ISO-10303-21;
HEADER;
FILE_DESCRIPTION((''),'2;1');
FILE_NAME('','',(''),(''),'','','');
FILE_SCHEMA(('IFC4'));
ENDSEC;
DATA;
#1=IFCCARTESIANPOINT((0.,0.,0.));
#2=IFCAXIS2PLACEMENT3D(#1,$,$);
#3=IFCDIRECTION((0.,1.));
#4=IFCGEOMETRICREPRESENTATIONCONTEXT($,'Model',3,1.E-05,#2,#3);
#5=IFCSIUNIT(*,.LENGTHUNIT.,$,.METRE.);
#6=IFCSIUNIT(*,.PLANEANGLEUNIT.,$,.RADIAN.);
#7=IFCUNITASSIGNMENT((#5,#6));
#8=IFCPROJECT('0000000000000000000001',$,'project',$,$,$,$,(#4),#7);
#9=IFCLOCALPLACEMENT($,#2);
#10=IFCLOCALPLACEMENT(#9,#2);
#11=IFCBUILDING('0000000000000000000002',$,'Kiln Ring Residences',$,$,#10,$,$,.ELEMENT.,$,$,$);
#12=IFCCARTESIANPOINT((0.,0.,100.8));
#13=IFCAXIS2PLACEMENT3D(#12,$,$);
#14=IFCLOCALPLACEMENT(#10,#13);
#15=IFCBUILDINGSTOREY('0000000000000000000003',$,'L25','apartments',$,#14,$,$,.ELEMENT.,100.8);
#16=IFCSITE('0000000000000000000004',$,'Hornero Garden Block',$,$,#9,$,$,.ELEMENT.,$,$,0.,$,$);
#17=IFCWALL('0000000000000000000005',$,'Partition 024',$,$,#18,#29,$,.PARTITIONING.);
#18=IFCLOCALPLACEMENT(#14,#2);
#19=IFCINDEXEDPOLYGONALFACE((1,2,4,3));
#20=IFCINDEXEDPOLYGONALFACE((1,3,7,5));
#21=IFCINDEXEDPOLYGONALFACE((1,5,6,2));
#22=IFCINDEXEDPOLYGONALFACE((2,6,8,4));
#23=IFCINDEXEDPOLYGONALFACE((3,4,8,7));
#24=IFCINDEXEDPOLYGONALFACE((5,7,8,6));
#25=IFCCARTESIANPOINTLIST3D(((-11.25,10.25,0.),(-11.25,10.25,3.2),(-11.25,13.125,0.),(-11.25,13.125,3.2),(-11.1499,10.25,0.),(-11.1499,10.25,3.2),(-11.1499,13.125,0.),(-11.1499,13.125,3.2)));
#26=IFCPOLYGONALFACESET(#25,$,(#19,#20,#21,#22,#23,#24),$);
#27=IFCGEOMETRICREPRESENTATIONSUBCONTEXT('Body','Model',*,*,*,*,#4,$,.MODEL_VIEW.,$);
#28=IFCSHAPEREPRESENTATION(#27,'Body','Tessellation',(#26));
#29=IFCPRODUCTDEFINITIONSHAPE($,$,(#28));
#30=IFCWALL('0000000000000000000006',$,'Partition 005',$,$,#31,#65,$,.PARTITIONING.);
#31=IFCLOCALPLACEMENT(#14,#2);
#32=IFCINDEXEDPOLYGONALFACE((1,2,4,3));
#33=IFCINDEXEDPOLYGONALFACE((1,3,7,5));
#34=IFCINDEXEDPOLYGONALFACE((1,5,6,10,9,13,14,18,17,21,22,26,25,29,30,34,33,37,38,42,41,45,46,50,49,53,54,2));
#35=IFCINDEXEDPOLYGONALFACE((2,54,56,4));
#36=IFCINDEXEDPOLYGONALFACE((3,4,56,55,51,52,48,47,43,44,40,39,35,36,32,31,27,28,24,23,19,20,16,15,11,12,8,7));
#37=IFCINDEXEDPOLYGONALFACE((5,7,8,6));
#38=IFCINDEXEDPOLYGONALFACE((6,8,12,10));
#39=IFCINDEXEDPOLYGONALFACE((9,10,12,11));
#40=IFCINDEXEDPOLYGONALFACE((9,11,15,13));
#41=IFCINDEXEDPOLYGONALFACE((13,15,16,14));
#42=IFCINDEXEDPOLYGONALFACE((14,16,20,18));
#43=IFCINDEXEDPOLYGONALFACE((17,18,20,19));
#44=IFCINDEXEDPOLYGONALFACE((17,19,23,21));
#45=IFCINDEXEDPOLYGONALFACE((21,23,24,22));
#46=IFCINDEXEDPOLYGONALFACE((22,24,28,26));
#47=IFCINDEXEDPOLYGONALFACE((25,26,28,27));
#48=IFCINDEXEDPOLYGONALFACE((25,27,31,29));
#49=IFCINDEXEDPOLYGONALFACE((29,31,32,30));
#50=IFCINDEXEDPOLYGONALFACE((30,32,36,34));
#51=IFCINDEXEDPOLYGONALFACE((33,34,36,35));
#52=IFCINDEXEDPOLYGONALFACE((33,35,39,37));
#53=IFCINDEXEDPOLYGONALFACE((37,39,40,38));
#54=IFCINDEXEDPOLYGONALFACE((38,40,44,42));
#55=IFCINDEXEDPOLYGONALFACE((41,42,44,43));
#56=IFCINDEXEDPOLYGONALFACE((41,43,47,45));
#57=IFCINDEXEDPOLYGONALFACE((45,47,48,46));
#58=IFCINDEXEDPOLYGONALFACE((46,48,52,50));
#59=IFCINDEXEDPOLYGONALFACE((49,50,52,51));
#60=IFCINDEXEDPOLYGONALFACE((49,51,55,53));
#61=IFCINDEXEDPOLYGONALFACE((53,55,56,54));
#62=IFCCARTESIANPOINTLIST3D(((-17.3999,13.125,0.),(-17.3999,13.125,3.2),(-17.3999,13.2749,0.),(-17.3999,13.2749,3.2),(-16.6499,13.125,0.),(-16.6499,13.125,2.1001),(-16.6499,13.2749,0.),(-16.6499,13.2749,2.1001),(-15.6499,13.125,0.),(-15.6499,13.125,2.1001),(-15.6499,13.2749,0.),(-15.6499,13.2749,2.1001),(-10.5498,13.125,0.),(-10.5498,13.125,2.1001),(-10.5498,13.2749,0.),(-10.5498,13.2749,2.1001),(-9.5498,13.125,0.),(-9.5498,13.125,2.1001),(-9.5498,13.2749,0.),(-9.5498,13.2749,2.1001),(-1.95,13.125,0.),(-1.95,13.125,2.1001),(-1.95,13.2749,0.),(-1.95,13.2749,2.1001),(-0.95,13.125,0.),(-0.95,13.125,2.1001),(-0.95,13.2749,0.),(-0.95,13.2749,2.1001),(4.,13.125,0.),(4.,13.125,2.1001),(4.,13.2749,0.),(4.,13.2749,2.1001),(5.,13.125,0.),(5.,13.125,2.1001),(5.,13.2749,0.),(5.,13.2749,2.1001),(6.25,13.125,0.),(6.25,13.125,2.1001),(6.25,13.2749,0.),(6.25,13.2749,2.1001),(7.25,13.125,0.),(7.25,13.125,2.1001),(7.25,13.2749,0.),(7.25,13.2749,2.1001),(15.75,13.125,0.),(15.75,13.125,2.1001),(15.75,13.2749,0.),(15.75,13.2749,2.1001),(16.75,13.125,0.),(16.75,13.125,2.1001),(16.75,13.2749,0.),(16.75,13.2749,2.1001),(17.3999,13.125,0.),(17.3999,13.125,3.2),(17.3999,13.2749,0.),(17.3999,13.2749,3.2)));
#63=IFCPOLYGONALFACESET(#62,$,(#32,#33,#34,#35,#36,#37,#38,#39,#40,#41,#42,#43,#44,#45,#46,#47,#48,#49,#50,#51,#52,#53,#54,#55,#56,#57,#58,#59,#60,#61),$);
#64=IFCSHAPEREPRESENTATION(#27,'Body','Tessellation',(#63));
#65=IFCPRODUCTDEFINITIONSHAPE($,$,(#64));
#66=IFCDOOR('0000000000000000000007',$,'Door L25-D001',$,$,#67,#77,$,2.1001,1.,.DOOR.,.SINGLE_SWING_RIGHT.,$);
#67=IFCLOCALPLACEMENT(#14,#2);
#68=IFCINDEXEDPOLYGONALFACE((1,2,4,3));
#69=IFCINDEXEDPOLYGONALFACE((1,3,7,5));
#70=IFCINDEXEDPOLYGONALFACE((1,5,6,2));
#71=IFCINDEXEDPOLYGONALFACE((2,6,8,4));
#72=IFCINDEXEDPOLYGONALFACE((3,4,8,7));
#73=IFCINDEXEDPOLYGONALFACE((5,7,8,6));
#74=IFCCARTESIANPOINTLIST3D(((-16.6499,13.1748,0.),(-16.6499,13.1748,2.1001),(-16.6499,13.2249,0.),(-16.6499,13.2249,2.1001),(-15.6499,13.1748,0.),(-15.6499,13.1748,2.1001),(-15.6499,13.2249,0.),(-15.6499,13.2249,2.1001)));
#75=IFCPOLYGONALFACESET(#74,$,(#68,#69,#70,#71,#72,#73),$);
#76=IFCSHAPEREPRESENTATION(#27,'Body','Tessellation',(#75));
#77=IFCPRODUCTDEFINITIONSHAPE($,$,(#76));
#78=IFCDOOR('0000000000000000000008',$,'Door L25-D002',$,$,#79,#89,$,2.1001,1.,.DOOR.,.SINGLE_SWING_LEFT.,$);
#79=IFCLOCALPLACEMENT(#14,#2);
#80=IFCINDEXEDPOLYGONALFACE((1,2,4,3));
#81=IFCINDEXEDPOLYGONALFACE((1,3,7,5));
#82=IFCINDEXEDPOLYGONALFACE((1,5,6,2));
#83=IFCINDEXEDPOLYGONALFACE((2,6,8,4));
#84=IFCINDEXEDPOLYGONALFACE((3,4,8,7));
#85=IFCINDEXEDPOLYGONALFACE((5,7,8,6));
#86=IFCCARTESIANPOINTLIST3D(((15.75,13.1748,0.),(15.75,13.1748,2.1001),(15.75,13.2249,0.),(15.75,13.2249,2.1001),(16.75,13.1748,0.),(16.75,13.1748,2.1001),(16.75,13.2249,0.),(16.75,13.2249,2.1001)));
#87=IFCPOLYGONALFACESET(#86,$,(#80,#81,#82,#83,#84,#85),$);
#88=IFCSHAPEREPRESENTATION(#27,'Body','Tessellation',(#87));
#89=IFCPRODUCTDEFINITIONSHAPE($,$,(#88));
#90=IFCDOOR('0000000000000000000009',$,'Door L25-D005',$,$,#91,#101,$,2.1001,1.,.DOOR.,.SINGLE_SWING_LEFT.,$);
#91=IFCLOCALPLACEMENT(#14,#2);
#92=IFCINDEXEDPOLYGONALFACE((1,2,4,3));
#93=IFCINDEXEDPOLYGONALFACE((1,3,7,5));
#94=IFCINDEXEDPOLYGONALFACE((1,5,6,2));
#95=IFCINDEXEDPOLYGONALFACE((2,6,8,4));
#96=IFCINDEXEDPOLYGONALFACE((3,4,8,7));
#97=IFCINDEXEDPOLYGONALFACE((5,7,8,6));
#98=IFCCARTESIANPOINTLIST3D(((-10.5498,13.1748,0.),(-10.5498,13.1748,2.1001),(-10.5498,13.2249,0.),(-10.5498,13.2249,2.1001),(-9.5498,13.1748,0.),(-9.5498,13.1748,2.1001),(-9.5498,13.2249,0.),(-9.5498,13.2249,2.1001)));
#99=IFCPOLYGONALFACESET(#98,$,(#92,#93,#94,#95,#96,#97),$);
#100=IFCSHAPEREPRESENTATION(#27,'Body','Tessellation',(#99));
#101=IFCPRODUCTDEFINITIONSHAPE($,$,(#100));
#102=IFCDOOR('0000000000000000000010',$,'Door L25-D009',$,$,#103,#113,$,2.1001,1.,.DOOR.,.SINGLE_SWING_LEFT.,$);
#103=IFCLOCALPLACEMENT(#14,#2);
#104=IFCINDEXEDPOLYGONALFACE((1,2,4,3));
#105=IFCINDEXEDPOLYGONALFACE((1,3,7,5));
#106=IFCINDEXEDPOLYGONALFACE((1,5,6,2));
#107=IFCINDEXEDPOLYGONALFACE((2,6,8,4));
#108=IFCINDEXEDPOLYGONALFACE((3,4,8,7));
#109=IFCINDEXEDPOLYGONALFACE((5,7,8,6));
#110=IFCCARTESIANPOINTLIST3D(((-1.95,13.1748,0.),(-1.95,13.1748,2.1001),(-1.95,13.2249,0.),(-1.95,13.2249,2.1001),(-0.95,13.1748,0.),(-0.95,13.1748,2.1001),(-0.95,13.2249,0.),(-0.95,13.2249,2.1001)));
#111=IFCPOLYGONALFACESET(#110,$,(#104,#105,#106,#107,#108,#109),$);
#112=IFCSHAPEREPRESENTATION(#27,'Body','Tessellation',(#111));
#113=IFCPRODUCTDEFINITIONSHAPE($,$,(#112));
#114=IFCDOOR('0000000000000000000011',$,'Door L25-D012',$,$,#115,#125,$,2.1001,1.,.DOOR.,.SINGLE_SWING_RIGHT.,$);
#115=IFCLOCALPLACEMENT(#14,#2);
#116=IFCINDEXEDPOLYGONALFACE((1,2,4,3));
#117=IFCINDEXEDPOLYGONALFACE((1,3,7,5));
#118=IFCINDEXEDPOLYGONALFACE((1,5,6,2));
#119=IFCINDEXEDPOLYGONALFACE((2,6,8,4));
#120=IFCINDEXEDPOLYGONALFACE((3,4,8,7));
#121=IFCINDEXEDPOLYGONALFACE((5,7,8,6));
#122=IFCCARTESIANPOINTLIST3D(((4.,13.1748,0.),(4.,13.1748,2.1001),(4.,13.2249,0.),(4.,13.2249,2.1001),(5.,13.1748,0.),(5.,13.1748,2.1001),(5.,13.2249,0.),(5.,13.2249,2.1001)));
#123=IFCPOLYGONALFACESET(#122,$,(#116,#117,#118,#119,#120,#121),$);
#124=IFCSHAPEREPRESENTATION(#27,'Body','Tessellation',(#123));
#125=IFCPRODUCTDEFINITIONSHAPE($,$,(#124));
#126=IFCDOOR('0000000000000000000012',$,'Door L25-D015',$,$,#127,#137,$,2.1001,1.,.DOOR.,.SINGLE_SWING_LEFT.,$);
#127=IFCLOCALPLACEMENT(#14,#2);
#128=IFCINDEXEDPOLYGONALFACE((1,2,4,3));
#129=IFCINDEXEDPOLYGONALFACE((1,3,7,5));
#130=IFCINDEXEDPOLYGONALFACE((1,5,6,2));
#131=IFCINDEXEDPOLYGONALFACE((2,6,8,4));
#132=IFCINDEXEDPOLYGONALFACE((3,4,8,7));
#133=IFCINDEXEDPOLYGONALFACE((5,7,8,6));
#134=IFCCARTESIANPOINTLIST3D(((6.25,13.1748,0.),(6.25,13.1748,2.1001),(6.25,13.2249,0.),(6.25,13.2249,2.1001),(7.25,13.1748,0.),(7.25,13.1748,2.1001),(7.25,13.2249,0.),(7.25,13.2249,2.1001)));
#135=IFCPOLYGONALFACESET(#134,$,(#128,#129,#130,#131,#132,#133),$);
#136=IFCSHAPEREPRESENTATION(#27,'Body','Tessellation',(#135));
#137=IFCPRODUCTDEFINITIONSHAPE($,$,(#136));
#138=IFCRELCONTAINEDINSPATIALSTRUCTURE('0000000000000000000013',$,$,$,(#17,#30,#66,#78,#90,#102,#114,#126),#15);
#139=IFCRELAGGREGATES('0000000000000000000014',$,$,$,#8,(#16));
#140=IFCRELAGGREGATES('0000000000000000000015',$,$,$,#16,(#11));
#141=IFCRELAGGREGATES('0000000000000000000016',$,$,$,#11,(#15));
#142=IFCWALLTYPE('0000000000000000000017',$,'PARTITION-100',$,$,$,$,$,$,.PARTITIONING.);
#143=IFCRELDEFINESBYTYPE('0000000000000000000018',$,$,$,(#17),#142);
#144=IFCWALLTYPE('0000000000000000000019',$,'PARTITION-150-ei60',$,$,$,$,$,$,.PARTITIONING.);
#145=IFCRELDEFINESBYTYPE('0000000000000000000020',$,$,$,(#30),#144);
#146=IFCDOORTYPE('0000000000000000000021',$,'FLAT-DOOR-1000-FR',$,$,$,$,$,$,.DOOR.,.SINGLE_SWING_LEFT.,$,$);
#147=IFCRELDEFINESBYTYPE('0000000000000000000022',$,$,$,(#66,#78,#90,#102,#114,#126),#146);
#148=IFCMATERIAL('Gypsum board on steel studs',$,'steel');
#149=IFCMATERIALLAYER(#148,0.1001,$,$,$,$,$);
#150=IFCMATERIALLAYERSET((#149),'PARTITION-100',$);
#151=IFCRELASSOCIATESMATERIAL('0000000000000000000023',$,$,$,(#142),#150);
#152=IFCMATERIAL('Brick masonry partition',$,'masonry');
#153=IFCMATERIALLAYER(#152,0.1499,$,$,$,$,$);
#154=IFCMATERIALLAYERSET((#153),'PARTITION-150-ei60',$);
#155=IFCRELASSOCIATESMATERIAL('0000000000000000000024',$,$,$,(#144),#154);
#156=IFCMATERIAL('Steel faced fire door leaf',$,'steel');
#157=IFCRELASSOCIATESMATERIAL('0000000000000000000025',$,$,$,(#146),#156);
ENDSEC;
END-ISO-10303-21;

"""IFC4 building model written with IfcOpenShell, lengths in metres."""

from ifc_helpers import new_model, si_unit, direction, frame, frame_2d, origin, place, context, subcontext, project, spatial, rectangle, extrude, material, layer, layer_set, type_object, element, fill, save


model = new_model("IFC4")

# Units and contexts
model_context = context("Model", 3, precision=1e-05, world=origin(), true_north=direction((0.0, 1.0)))
body_context = subcontext(model_context, "Body", "Model", "MODEL_VIEW")
ifc_project = project(units=[si_unit("LENGTHUNIT", "METRE"), si_unit("PLANEANGLEUNIT", "RADIAN")], contexts=[model_context])

# Site, building, storey
site_placement = place(None, origin())
site = spatial("IfcSite", under=ifc_project, at=site_placement, Name="Hornero Garden Block", CompositionType="ELEMENT", RefElevation=0.0)
building_placement = place(site_placement, origin())
building = spatial("IfcBuilding", under=site, at=building_placement, Name="Kiln Ring Residences", CompositionType="ELEMENT")
storey_placement = place(building_placement, frame((0.0, 0.0, 100.8)))
storey = spatial("IfcBuildingStorey", under=building, at=storey_placement, Name="L25", Description="apartments", CompositionType="ELEMENT", Elevation=100.8)

# Shared definitions
ifc_material_1 = material(Name="Gypsum board on steel studs", Category="steel")
ifc_layer_1 = layer(ifc_material_1, 0.1001)
ifc_layer_set_1 = layer_set([ifc_layer_1], Name="PARTITION-100")
wall_type_1 = type_object("IfcWallType", Name="PARTITION-100", PredefinedType="PARTITIONING", material=ifc_layer_set_1)

# Wall
wall_1_placement = place(storey_placement, frame((-11.2, 10.25, 0.0), z_axis=(0.0, 0.0, 1.0), x_axis=(0.0, 1.0, 0.0)))
element("IfcWall", 1, at=wall_1_placement, inside=storey, type_object=wall_type_1, Name="Partition 024", PredefinedType="PARTITIONING", context=body_context, shape_type="SweptSolid", body=[
    extrude(rectangle(XDim=2.875, YDim=0.1001, at=frame_2d((1.4375, 0.0))), origin(), (0.0, 0.0, 1.0), 3.2),
])

# Wall, openings, doors
ifc_material_2 = material(Name="Brick masonry partition", Category="masonry")
ifc_layer_2 = layer(ifc_material_2, 0.1499)
ifc_layer_set_2 = layer_set([ifc_layer_2], Name="PARTITION-150-ei60")
wall_type_2 = type_object("IfcWallType", Name="PARTITION-150-ei60", PredefinedType="PARTITIONING", material=ifc_layer_set_2)
wall_2_placement = place(storey_placement, frame((-17.3999, 13.2, 0.0), z_axis=(0.0, 0.0, 1.0), x_axis=(1.0, 0.0, 0.0)))
wall_2 = element("IfcWall", 2, at=wall_2_placement, inside=storey, type_object=wall_type_2, Name="Partition 005", PredefinedType="PARTITIONING", context=body_context, shape_type="SweptSolid", body=[
    extrude(rectangle(XDim=34.7998, YDim=0.1499, at=frame_2d((17.3999, 0.0))), origin(), (0.0, 0.0, 1.0), 3.2),
])
opening_1_placement = place(wall_2_placement, frame((0.75, 0.0, 0.0)))
opening_1 = element("IfcOpeningElement", 3, at=opening_1_placement, cuts=wall_2, PredefinedType="OPENING", context=body_context, shape_type="SweptSolid", body=[
    extrude(rectangle(XDim=1.0, YDim=2.1001, at=frame_2d((0.5, 1.05))), frame((0.0, 0.085, 0.0), z_axis=(0.0, -1.0, 0.0), x_axis=(1.0, 0.0, 0.0)), (0.0, 0.0, 1.0), 0.1699),
])
opening_2_placement = place(wall_2_placement, frame((33.1499, 0.0, 0.0)))
opening_2 = element("IfcOpeningElement", 4, at=opening_2_placement, cuts=wall_2, PredefinedType="OPENING", context=body_context, shape_type="SweptSolid", body=[
    extrude(rectangle(XDim=1.0, YDim=2.1001, at=frame_2d((0.5, 1.05))), frame((0.0, 0.085, 0.0), z_axis=(0.0, -1.0, 0.0), x_axis=(1.0, 0.0, 0.0)), (0.0, 0.0, 1.0), 0.1699),
])
opening_3_placement = place(wall_2_placement, frame((6.8501, 0.0, 0.0)))
opening_3 = element("IfcOpeningElement", 5, at=opening_3_placement, cuts=wall_2, PredefinedType="OPENING", context=body_context, shape_type="SweptSolid", body=[
    extrude(rectangle(XDim=1.0, YDim=2.1001, at=frame_2d((0.5, 1.05))), frame((0.0, 0.085, 0.0), z_axis=(0.0, -1.0, 0.0), x_axis=(1.0, 0.0, 0.0)), (0.0, 0.0, 1.0), 0.1699),
])
opening_4_placement = place(wall_2_placement, frame((15.45, 0.0, 0.0)))
opening_4 = element("IfcOpeningElement", 6, at=opening_4_placement, cuts=wall_2, PredefinedType="OPENING", context=body_context, shape_type="SweptSolid", body=[
    extrude(rectangle(XDim=1.0, YDim=2.1001, at=frame_2d((0.5, 1.05))), frame((0.0, 0.085, 0.0), z_axis=(0.0, -1.0, 0.0), x_axis=(1.0, 0.0, 0.0)), (0.0, 0.0, 1.0), 0.1699),
])
opening_5_placement = place(wall_2_placement, frame((21.3999, 0.0, 0.0)))
opening_5 = element("IfcOpeningElement", 7, at=opening_5_placement, cuts=wall_2, PredefinedType="OPENING", context=body_context, shape_type="SweptSolid", body=[
    extrude(rectangle(XDim=1.0, YDim=2.1001, at=frame_2d((0.5, 1.05))), frame((0.0, 0.085, 0.0), z_axis=(0.0, -1.0, 0.0), x_axis=(1.0, 0.0, 0.0)), (0.0, 0.0, 1.0), 0.1699),
])
opening_6_placement = place(wall_2_placement, frame((23.6499, 0.0, 0.0)))
opening_6 = element("IfcOpeningElement", 8, at=opening_6_placement, cuts=wall_2, PredefinedType="OPENING", context=body_context, shape_type="SweptSolid", body=[
    extrude(rectangle(XDim=1.0, YDim=2.1001, at=frame_2d((0.5, 1.05))), frame((0.0, 0.085, 0.0), z_axis=(0.0, -1.0, 0.0), x_axis=(1.0, 0.0, 0.0)), (0.0, 0.0, 1.0), 0.1699),
])
ifc_material_3 = material(Name="Steel faced fire door leaf", Category="steel")
door_type_1 = type_object("IfcDoorType", Name="FLAT-DOOR-1000-FR", OperationType="SINGLE_SWING_LEFT", PredefinedType="DOOR", material=ifc_material_3)
door_1_placement = place(opening_1_placement, origin())
door_1 = element("IfcDoor", 9, at=door_1_placement, inside=storey, type_object=door_type_1, Name="Door L25-D001", OperationType="SINGLE_SWING_RIGHT", OverallHeight=2.1001, OverallWidth=1.0, PredefinedType="DOOR", context=body_context, shape_type="SweptSolid", body=[
    extrude(rectangle(XDim=1.0, YDim=2.1001, at=frame_2d((0.5, 1.05))), frame((0.0, 0.0249, 0.0), z_axis=(0.0, -1.0, 0.0), x_axis=(1.0, 0.0, 0.0)), (0.0, 0.0, 1.0), 0.05),
])
fill(opening_1, door_1)
door_2_placement = place(opening_2_placement, origin())
door_2 = element("IfcDoor", 10, at=door_2_placement, inside=storey, type_object=door_type_1, Name="Door L25-D002", OperationType="SINGLE_SWING_LEFT", OverallHeight=2.1001, OverallWidth=1.0, PredefinedType="DOOR", context=body_context, shape_type="SweptSolid", body=[
    extrude(rectangle(XDim=1.0, YDim=2.1001, at=frame_2d((0.5, 1.05))), frame((0.0, 0.0249, 0.0), z_axis=(0.0, -1.0, 0.0), x_axis=(1.0, 0.0, 0.0)), (0.0, 0.0, 1.0), 0.05),
])
fill(opening_2, door_2)
door_3_placement = place(opening_3_placement, origin())
door_3 = element("IfcDoor", 11, at=door_3_placement, inside=storey, type_object=door_type_1, Name="Door L25-D005", OperationType="SINGLE_SWING_LEFT", OverallHeight=2.1001, OverallWidth=1.0, PredefinedType="DOOR", context=body_context, shape_type="SweptSolid", body=[
    extrude(rectangle(XDim=1.0, YDim=2.1001, at=frame_2d((0.5, 1.05))), frame((0.0, 0.0249, 0.0), z_axis=(0.0, -1.0, 0.0), x_axis=(1.0, 0.0, 0.0)), (0.0, 0.0, 1.0), 0.05),
])
fill(opening_3, door_3)
door_4_placement = place(opening_4_placement, origin())
door_4 = element("IfcDoor", 12, at=door_4_placement, inside=storey, type_object=door_type_1, Name="Door L25-D009", OperationType="SINGLE_SWING_LEFT", OverallHeight=2.1001, OverallWidth=1.0, PredefinedType="DOOR", context=body_context, shape_type="SweptSolid", body=[
    extrude(rectangle(XDim=1.0, YDim=2.1001, at=frame_2d((0.5, 1.05))), frame((0.0, 0.0249, 0.0), z_axis=(0.0, -1.0, 0.0), x_axis=(1.0, 0.0, 0.0)), (0.0, 0.0, 1.0), 0.05),
])
fill(opening_4, door_4)
door_5_placement = place(opening_5_placement, origin())
door_5 = element("IfcDoor", 13, at=door_5_placement, inside=storey, type_object=door_type_1, Name="Door L25-D012", OperationType="SINGLE_SWING_RIGHT", OverallHeight=2.1001, OverallWidth=1.0, PredefinedType="DOOR", context=body_context, shape_type="SweptSolid", body=[
    extrude(rectangle(XDim=1.0, YDim=2.1001, at=frame_2d((0.5, 1.05))), frame((0.0, 0.0249, 0.0), z_axis=(0.0, -1.0, 0.0), x_axis=(1.0, 0.0, 0.0)), (0.0, 0.0, 1.0), 0.05),
])
fill(opening_5, door_5)
door_6_placement = place(opening_6_placement, origin())
door_6 = element("IfcDoor", 14, at=door_6_placement, inside=storey, type_object=door_type_1, Name="Door L25-D015", OperationType="SINGLE_SWING_LEFT", OverallHeight=2.1001, OverallWidth=1.0, PredefinedType="DOOR", context=body_context, shape_type="SweptSolid", body=[
    extrude(rectangle(XDim=1.0, YDim=2.1001, at=frame_2d((0.5, 1.05))), frame((0.0, 0.0249, 0.0), z_axis=(0.0, -1.0, 0.0), x_axis=(1.0, 0.0, 0.0)), (0.0, 0.0, 1.0), 0.05),
])
fill(opening_6, door_6)

save(model, "model.ifc")
